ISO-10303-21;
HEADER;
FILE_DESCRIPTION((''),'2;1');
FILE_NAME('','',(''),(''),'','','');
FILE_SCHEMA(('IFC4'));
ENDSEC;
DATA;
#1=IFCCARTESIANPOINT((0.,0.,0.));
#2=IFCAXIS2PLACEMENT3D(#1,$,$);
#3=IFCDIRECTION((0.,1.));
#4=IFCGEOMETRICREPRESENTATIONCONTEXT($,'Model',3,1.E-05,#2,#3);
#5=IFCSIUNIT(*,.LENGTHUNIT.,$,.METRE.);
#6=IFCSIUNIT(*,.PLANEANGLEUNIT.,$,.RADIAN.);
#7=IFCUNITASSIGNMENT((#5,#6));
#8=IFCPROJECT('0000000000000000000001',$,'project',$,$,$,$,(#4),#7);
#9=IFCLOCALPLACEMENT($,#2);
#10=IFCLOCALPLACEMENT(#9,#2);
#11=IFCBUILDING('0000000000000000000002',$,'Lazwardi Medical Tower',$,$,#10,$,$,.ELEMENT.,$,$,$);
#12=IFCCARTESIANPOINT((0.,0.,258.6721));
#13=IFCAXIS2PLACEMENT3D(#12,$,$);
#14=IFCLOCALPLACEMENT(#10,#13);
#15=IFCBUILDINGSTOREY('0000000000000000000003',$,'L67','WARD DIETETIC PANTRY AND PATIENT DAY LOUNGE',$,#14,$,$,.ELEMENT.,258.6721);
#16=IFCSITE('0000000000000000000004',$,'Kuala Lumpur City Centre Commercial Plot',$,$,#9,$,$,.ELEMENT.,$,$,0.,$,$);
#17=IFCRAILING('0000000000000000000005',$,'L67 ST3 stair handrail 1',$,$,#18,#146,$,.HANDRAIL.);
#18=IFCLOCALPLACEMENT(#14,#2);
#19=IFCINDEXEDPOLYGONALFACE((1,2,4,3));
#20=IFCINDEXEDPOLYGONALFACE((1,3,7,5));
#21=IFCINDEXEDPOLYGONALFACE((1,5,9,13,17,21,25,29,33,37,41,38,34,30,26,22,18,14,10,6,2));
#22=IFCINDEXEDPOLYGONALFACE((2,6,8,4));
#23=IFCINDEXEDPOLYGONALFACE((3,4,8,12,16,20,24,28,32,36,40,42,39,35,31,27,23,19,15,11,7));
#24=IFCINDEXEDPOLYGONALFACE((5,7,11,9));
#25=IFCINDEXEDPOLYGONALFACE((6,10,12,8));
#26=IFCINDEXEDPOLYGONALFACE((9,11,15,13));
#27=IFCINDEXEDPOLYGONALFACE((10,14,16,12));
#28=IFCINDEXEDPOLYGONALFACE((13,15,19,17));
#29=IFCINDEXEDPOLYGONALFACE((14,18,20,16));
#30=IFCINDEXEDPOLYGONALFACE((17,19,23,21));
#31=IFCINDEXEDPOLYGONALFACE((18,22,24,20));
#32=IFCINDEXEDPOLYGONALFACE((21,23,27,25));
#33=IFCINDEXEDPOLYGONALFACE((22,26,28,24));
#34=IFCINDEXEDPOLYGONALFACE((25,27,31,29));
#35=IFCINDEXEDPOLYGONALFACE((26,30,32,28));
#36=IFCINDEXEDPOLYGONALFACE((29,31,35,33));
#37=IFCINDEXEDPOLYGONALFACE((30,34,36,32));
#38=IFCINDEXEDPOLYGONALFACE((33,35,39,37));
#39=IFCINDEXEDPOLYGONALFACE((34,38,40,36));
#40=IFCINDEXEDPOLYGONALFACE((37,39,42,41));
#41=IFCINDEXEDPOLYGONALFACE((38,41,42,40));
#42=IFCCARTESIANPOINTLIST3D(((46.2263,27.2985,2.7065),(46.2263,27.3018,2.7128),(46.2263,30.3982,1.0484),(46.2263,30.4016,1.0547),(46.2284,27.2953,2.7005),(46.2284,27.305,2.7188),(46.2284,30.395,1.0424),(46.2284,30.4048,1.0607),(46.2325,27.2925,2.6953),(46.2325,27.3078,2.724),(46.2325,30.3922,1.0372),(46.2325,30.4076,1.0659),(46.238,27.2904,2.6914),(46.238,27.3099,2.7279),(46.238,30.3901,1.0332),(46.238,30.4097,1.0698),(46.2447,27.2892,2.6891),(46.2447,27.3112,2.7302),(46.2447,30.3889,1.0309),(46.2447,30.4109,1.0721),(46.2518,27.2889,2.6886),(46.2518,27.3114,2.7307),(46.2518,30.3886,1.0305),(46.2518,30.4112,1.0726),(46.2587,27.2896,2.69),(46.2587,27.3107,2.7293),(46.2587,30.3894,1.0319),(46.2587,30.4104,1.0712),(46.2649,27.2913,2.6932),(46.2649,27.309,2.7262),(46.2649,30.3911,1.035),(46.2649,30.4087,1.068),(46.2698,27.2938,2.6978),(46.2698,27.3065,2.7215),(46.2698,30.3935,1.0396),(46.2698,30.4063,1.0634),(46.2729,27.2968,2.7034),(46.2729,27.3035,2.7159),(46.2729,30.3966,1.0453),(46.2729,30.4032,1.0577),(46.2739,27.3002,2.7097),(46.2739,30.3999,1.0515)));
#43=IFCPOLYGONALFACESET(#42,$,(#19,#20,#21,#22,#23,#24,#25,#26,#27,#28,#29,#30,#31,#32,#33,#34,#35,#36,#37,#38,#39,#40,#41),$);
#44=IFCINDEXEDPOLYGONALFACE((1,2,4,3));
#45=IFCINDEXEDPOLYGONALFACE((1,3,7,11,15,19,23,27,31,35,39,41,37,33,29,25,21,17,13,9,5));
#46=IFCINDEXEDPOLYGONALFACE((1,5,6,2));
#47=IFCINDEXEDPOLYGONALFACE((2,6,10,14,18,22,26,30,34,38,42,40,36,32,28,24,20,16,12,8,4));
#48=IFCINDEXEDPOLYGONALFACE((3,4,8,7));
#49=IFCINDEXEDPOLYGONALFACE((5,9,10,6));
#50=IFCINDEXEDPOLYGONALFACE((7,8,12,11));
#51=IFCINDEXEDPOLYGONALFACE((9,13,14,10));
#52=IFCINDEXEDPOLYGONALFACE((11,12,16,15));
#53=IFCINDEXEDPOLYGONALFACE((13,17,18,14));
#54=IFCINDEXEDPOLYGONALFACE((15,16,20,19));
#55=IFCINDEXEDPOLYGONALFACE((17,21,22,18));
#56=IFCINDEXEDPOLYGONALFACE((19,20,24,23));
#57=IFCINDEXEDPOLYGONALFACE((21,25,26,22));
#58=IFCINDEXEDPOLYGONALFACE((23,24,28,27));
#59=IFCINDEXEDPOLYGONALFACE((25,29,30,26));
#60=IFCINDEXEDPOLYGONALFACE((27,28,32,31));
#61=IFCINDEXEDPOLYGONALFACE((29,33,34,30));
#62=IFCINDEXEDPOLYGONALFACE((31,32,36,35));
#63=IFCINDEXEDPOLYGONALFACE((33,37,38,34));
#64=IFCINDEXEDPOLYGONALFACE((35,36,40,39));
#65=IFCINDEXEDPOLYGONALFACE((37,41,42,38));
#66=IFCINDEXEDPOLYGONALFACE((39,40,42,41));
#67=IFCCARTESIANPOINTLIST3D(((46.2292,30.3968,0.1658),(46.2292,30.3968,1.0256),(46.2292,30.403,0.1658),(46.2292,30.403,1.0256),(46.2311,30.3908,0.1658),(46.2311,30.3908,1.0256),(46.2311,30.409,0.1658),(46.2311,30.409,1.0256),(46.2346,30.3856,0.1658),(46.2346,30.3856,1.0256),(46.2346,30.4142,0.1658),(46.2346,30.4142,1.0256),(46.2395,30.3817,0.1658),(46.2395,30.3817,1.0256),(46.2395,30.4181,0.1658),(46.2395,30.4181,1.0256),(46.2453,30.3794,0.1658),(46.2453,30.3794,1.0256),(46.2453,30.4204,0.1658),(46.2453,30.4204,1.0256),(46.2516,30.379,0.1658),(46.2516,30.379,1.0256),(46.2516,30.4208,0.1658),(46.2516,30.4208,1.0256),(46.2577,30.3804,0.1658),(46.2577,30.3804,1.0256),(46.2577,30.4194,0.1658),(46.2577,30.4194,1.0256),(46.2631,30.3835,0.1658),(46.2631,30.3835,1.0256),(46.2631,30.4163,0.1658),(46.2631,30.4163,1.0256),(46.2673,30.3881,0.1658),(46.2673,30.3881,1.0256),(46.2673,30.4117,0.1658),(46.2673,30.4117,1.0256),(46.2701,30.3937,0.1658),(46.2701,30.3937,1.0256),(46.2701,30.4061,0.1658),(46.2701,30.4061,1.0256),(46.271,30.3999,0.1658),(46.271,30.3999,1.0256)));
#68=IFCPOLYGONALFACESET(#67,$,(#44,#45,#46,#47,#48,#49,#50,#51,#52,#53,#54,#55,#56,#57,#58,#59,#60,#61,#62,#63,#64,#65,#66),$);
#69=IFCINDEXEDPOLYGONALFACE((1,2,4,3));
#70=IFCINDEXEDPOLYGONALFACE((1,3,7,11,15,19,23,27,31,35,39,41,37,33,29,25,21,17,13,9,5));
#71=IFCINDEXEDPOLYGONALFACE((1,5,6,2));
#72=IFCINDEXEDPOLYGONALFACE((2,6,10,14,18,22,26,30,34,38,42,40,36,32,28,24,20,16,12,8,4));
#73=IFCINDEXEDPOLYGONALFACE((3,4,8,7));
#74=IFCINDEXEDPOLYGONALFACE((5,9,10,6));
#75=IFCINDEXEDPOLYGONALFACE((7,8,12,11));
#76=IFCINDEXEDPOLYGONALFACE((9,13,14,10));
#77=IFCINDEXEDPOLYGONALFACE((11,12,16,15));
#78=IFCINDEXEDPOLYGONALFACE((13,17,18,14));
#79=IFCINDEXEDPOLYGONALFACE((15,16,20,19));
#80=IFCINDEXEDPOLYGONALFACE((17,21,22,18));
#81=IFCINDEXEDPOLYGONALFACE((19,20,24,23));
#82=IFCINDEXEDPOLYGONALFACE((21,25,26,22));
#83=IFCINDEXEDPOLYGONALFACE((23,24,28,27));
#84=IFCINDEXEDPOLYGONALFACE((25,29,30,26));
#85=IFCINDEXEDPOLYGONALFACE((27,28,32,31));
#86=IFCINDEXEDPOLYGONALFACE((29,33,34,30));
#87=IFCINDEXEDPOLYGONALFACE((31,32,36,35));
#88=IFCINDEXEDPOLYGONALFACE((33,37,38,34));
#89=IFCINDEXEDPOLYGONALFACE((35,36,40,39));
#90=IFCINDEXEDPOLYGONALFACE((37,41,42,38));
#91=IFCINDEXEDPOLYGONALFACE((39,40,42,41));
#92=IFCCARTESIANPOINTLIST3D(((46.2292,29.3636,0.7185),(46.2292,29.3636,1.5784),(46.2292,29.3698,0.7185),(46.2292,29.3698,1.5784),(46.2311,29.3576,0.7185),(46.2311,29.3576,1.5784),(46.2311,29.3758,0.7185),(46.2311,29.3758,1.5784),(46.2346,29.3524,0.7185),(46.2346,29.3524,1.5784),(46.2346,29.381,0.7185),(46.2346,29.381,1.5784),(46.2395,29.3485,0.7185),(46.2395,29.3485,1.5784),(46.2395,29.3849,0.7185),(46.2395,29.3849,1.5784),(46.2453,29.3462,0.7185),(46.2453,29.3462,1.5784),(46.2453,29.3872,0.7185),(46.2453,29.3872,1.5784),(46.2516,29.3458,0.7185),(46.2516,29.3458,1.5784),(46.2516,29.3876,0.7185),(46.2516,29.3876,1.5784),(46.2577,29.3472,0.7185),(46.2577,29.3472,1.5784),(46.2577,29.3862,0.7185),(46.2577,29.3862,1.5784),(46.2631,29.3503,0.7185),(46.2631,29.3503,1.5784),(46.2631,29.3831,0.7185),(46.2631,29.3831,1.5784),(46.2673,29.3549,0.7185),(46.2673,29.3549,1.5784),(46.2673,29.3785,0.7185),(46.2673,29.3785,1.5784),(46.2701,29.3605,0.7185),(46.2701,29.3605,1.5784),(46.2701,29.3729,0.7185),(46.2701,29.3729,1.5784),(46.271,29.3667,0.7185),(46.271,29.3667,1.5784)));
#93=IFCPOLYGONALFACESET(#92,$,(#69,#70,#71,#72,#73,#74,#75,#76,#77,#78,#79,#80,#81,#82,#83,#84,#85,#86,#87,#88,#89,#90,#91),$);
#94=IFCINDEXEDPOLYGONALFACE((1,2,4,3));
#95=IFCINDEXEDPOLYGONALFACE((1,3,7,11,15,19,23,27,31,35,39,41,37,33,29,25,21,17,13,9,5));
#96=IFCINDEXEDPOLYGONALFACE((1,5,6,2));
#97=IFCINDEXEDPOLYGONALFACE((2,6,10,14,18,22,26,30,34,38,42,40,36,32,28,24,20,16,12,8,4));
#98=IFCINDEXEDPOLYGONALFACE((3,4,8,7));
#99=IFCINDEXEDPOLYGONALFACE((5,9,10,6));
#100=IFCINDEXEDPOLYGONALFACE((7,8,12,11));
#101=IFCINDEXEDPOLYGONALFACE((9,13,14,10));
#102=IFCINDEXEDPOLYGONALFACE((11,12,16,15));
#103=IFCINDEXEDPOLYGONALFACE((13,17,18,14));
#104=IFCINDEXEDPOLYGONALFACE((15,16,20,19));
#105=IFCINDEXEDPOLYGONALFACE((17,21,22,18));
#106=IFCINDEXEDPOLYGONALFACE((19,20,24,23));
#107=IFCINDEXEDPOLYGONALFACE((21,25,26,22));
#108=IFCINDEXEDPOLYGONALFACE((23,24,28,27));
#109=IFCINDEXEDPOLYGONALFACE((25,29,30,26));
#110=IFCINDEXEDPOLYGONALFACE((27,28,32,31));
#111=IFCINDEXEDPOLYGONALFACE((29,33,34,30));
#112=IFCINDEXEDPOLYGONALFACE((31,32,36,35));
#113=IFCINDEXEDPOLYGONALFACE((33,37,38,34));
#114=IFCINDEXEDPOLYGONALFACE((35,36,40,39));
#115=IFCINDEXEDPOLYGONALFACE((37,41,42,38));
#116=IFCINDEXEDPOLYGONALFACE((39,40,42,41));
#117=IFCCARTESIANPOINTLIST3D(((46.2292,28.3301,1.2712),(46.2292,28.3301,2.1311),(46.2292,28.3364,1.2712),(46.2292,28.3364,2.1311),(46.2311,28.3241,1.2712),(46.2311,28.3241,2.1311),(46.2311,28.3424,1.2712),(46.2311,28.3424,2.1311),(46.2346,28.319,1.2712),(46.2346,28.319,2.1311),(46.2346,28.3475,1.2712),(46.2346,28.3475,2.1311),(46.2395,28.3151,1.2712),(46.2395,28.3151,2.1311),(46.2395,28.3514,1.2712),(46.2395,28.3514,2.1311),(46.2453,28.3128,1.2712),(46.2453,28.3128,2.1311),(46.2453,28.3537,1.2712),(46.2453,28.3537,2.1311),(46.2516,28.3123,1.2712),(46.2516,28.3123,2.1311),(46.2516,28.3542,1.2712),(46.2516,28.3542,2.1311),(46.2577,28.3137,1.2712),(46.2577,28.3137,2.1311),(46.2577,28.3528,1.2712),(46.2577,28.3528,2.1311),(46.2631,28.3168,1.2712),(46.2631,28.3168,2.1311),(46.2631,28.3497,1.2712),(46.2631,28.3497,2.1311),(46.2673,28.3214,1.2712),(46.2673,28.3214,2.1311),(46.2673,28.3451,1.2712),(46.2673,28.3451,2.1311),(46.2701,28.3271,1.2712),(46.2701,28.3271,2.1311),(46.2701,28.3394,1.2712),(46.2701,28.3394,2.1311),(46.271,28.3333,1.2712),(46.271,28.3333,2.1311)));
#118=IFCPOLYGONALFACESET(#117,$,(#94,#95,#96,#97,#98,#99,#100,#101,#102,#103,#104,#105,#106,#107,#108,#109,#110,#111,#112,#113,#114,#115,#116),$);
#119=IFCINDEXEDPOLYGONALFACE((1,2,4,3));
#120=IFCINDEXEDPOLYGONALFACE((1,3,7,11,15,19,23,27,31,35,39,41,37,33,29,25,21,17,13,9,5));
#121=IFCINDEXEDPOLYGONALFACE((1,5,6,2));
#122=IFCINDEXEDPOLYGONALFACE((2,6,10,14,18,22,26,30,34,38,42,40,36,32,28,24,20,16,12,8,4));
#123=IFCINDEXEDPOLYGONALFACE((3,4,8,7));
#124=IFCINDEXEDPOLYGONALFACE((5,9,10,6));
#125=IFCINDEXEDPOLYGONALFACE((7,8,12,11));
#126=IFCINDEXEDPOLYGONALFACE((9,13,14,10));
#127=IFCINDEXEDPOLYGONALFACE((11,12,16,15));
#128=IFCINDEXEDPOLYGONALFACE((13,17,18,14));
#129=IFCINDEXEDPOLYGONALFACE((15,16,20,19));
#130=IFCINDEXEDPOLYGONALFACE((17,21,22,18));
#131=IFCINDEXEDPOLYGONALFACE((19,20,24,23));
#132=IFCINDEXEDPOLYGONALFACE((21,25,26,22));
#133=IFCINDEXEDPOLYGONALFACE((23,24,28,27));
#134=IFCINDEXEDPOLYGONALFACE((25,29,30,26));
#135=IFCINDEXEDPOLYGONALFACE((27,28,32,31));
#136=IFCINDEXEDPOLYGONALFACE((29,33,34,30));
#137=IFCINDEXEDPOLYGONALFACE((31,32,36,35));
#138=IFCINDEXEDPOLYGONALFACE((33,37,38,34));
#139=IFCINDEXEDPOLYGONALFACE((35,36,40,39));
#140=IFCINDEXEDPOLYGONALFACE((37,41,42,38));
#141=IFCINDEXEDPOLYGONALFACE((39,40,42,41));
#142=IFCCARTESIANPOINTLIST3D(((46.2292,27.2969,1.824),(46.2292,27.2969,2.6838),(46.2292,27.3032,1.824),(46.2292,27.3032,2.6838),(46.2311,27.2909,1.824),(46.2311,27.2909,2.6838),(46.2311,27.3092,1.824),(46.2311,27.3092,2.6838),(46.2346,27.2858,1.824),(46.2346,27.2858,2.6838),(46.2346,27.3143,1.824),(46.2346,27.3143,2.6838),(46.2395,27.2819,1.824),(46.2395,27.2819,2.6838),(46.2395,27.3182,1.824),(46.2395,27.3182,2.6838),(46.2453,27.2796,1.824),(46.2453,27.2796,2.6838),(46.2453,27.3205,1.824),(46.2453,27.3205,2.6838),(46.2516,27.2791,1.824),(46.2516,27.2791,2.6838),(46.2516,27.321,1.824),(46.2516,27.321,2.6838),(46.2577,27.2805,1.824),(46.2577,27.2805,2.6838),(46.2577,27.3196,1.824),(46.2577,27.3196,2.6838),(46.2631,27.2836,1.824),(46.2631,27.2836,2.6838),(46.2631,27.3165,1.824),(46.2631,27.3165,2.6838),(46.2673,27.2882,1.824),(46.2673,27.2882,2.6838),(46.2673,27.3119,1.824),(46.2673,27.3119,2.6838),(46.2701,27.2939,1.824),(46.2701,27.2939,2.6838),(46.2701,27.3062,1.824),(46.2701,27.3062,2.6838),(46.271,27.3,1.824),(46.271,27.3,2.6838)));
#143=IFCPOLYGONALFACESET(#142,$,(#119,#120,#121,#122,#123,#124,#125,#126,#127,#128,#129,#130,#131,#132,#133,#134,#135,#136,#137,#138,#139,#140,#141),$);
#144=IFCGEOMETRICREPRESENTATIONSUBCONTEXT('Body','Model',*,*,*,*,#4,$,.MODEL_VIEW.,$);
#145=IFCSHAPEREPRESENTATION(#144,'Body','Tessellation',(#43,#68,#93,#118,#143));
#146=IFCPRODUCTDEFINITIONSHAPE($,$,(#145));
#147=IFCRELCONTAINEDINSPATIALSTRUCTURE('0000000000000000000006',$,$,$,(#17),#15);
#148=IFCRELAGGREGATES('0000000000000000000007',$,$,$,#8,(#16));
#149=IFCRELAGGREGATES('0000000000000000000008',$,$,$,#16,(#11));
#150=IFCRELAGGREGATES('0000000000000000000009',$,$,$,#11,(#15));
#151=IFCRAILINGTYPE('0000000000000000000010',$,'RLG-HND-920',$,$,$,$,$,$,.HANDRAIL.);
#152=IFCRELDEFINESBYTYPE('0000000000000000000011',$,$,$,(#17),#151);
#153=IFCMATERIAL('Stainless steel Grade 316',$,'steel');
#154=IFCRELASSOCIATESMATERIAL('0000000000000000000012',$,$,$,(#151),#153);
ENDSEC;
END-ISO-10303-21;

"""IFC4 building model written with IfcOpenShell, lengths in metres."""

from ifc_helpers import new_model, si_unit, direction, frame, origin, origin_2d, place, context, subcontext, project, spatial, circle, extrude, material, type_object, element, save


model = new_model("IFC4")

# Units and contexts
model_context = context("Model", 3, precision=1e-05, world=origin(), true_north=direction((0.0, 1.0)))
body_context = subcontext(model_context, "Body", "Model", "MODEL_VIEW")
ifc_project = project(units=[si_unit("LENGTHUNIT", "METRE"), si_unit("PLANEANGLEUNIT", "RADIAN")], contexts=[model_context])

# Site, building, storey
site_placement = place(None, origin())
site = spatial("IfcSite", under=ifc_project, at=site_placement, Name="Kuala Lumpur City Centre Commercial Plot", CompositionType="ELEMENT", RefElevation=0.0)
building_placement = place(site_placement, origin())
building = spatial("IfcBuilding", under=site, at=building_placement, Name="Lazwardi Medical Tower", CompositionType="ELEMENT")
storey_placement = place(building_placement, frame((0.0, 0.0, 258.6721)))
storey = spatial("IfcBuildingStorey", under=building, at=storey_placement, Name="L67", Description="WARD DIETETIC PANTRY AND PATIENT DAY LOUNGE", CompositionType="ELEMENT", Elevation=258.6721)

# Railing
ifc_material_1 = material(Name="Stainless steel Grade 316", Category="steel")
railing_type = type_object("IfcRailingType", Name="RLG-HND-920", PredefinedType="HANDRAIL", material=ifc_material_1)
railing_1_placement = place(storey_placement, frame((46.25, 30.3999, 0.1658)))
element("IfcRailing", 1, at=railing_1_placement, inside=storey, type_object=railing_type, Name="L67 ST3 stair handrail 1", PredefinedType="HANDRAIL", context=body_context, shape_type="SweptSolid", body=[
    extrude(circle(Radius=0.0239, at=origin_2d()), frame((0.0, 0.0, 0.8857), z_axis=(0.0, -0.881768, 0.471684), x_axis=(1.0, 0.0, 0.0)), (0.0, 0.0, 1.0), 3.5154),
    extrude(circle(Radius=0.021, at=origin_2d()), origin(), (0.0, 0.0, 1.0), 0.8599),
    extrude(circle(Radius=0.021, at=origin_2d()), frame((0.0, -1.0332, 0.5527)), (0.0, 0.0, 1.0), 0.8599),
    extrude(circle(Radius=0.021, at=origin_2d()), frame((0.0, -2.0667, 1.1055)), (0.0, 0.0, 1.0), 0.8599),
    extrude(circle(Radius=0.021, at=origin_2d()), frame((0.0, -3.0999, 1.6582)), (0.0, 0.0, 1.0), 0.8599),
])

save(model, "model.ifc")
